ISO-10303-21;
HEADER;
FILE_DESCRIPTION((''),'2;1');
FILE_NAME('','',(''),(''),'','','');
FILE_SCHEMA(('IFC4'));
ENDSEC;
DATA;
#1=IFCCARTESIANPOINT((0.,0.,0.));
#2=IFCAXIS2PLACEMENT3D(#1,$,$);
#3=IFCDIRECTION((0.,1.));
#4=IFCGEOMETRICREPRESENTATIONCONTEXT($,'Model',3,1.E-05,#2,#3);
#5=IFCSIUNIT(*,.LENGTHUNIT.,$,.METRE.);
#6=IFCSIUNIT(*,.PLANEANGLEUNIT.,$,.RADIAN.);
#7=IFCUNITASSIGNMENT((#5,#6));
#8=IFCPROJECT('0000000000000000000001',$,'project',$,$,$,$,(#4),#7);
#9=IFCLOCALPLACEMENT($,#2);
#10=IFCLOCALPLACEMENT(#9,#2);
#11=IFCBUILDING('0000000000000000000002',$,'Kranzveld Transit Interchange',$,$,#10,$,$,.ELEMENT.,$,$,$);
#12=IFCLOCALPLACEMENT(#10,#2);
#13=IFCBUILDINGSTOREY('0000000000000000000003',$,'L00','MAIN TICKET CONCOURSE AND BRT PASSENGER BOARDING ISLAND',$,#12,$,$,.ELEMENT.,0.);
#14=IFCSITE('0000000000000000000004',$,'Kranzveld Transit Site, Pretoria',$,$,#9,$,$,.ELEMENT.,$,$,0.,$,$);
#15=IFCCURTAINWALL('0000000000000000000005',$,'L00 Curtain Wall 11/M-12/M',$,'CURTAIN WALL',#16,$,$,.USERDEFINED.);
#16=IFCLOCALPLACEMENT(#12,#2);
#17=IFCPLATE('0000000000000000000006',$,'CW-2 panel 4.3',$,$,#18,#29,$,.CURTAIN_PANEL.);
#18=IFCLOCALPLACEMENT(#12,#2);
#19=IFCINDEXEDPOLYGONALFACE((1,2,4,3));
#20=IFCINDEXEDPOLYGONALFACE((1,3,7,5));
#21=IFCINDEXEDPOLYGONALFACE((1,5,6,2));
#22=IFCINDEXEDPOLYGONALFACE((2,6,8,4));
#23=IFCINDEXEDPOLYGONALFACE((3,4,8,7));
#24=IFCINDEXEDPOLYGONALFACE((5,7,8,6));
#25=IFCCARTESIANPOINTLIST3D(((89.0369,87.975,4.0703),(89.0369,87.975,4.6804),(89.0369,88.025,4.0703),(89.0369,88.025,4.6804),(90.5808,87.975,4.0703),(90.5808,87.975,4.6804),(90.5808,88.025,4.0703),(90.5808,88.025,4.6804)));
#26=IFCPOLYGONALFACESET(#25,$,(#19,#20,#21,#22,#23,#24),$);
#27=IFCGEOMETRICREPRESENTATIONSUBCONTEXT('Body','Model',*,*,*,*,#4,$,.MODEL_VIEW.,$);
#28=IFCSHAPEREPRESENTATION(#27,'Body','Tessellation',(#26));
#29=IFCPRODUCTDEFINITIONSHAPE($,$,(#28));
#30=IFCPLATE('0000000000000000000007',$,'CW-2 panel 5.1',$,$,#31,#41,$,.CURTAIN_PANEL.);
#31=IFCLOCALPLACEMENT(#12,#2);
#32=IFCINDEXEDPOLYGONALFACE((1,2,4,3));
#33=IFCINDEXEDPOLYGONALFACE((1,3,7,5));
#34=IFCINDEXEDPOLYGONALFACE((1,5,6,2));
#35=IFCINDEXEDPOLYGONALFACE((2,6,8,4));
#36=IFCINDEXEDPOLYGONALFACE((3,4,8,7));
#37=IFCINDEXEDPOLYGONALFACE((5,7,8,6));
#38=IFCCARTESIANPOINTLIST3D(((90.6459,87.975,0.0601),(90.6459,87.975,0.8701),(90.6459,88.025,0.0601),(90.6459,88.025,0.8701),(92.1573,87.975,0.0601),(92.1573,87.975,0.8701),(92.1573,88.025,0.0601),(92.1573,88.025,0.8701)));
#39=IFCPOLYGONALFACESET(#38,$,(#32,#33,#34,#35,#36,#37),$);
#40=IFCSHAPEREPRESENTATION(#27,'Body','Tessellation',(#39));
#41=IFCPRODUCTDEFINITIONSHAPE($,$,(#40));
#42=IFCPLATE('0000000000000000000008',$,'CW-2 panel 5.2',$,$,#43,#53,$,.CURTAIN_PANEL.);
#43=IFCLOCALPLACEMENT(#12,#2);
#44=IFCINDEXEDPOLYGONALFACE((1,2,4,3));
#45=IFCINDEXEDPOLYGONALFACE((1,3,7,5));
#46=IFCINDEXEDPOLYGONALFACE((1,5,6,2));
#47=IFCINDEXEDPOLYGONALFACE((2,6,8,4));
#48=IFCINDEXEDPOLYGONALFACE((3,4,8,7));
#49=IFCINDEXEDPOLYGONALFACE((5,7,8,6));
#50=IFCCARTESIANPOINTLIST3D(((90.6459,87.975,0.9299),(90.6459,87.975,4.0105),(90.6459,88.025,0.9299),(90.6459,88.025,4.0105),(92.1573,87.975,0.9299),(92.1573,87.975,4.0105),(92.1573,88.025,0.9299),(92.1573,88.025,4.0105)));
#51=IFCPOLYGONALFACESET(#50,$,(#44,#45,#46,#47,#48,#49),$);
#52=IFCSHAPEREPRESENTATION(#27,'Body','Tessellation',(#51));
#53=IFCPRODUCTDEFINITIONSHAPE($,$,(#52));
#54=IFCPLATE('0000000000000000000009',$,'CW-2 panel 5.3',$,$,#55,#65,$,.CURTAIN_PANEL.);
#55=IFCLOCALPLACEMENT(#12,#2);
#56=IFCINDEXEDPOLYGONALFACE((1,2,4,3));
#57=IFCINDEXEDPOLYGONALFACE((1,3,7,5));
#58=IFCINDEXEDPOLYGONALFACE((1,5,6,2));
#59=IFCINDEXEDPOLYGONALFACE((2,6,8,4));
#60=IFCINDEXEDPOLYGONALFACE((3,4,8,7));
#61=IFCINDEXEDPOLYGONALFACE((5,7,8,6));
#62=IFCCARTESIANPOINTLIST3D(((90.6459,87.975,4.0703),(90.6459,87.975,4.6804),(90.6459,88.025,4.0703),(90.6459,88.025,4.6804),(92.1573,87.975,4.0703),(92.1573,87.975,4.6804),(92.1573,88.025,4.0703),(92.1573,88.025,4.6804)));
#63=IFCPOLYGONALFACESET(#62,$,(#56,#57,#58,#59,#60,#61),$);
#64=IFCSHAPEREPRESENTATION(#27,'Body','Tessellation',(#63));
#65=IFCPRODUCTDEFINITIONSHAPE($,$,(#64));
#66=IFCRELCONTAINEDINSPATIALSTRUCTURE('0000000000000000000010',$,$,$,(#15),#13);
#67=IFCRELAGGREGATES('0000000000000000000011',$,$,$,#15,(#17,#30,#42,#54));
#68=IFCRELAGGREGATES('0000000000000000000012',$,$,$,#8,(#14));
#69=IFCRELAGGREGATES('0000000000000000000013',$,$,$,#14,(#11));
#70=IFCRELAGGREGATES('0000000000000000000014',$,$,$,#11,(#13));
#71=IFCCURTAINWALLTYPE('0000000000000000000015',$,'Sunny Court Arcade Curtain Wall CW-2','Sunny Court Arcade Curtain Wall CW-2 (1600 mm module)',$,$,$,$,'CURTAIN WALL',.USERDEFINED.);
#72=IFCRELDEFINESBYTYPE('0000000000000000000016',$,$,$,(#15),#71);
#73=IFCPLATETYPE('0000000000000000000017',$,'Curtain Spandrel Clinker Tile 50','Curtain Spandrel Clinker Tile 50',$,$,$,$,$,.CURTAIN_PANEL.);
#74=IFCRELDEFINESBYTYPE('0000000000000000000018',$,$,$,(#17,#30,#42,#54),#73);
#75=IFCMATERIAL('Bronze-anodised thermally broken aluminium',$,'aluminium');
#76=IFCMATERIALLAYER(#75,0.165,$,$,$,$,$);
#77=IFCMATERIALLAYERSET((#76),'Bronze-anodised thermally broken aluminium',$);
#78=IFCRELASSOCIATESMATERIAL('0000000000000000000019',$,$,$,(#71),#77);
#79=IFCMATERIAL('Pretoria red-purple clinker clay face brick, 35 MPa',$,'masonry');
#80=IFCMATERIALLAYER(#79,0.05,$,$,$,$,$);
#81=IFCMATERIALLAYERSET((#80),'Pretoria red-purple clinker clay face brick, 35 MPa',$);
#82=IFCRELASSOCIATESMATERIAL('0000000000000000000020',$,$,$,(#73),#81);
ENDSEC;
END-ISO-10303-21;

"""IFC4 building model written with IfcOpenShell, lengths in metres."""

from ifc_helpers import new_model, si_unit, direction, frame, origin, origin_2d, place, context, subcontext, project, spatial, rectangle, extrude, material, layer, layer_set, type_object, element, aggregate, save


model = new_model("IFC4")

# Units and contexts
model_context = context("Model", 3, precision=1e-05, world=origin(), true_north=direction((0.0, 1.0)))
body_context = subcontext(model_context, "Body", "Model", "MODEL_VIEW")
ifc_project = project(units=[si_unit("LENGTHUNIT", "METRE"), si_unit("PLANEANGLEUNIT", "RADIAN")], contexts=[model_context])

# Site, building, storey
site_placement = place(None, origin())
site = spatial("IfcSite", under=ifc_project, at=site_placement, Name="Kranzveld Transit Site, Pretoria", CompositionType="ELEMENT", RefElevation=0.0)
building_placement = place(site_placement, origin())
building = spatial("IfcBuilding", under=site, at=building_placement, Name="Kranzveld Transit Interchange", CompositionType="ELEMENT")
storey_placement = place(building_placement, origin())
storey = spatial("IfcBuildingStorey", under=building, at=storey_placement, Name="L00", Description="MAIN TICKET CONCOURSE AND BRT PASSENGER BOARDING ISLAND", CompositionType="ELEMENT", Elevation=0.0)

# Curtain wall, plates
ifc_material_1 = material(Name="Bronze-anodised thermally broken aluminium", Category="aluminium")
ifc_layer_1 = layer(ifc_material_1, 0.165)
ifc_layer_set_1 = layer_set([ifc_layer_1], Name="Bronze-anodised thermally broken aluminium")
curtain_wall_type = type_object("IfcCurtainWallType", Name="Sunny Court Arcade Curtain Wall CW-2", Description="Sunny Court Arcade Curtain Wall CW-2 (1600 mm module)", ElementType="CURTAIN WALL", PredefinedType="USERDEFINED", material=ifc_layer_set_1)
curtain_wall_placement = place(storey_placement, origin())
curtain_wall = element("IfcCurtainWall", 1, at=curtain_wall_placement, inside=storey, type_object=curtain_wall_type, Name="L00 Curtain Wall 11/M-12/M", ObjectType="CURTAIN WALL", PredefinedType="USERDEFINED")
ifc_material_2 = material(Name="Pretoria red-purple clinker clay face brick, 35 MPa", Category="masonry")
ifc_layer_2 = layer(ifc_material_2, 0.05)
ifc_layer_set_2 = layer_set([ifc_layer_2], Name="Pretoria red-purple clinker clay face brick, 35 MPa")
plate_type = type_object("IfcPlateType", Name="Curtain Spandrel Clinker Tile 50", Description="Curtain Spandrel Clinker Tile 50", PredefinedType="CURTAIN_PANEL", material=ifc_layer_set_2)
plate_1_placement = place(storey_placement, frame((89.8088, 88.0, 4.0703), z_axis=(0.0, 0.0, 1.0), x_axis=(1.0, 0.0, 0.0)))
plate_1 = element("IfcPlate", 2, at=plate_1_placement, type_object=plate_type, Name="CW-2 panel 4.3", PredefinedType="CURTAIN_PANEL", context=body_context, shape_type="SweptSolid", body=[
    extrude(rectangle(XDim=1.5439, YDim=0.05, at=origin_2d()), origin(), (0.0, 0.0, 1.0), 0.6101),
])
plate_2_placement = place(storey_placement, frame((91.4016, 88.0, 0.0601), z_axis=(0.0, 0.0, 1.0), x_axis=(1.0, 0.0, 0.0)))
plate_2 = element("IfcPlate", 3, at=plate_2_placement, type_object=plate_type, Name="CW-2 panel 5.1", PredefinedType="CURTAIN_PANEL", context=body_context, shape_type="SweptSolid", body=[
    extrude(rectangle(XDim=1.5115, YDim=0.05, at=origin_2d()), origin(), (0.0, 0.0, 1.0), 0.8101),
])
plate_3_placement = place(storey_placement, frame((91.4016, 88.0, 0.9299), z_axis=(0.0, 0.0, 1.0), x_axis=(1.0, 0.0, 0.0)))
plate_3 = element("IfcPlate", 4, at=plate_3_placement, type_object=plate_type, Name="CW-2 panel 5.2", PredefinedType="CURTAIN_PANEL", context=body_context, shape_type="SweptSolid", body=[
    extrude(rectangle(XDim=1.5115, YDim=0.05, at=origin_2d()), origin(), (0.0, 0.0, 1.0), 3.0806),
])
plate_4_placement = place(storey_placement, frame((91.4016, 88.0, 4.0703), z_axis=(0.0, 0.0, 1.0), x_axis=(1.0, 0.0, 0.0)))
plate_4 = element("IfcPlate", 5, at=plate_4_placement, type_object=plate_type, Name="CW-2 panel 5.3", PredefinedType="CURTAIN_PANEL", context=body_context, shape_type="SweptSolid", body=[
    extrude(rectangle(XDim=1.5115, YDim=0.05, at=origin_2d()), origin(), (0.0, 0.0, 1.0), 0.6101),
])
aggregate(curtain_wall, [plate_1, plate_2, plate_3, plate_4])

save(model, "model.ifc")
